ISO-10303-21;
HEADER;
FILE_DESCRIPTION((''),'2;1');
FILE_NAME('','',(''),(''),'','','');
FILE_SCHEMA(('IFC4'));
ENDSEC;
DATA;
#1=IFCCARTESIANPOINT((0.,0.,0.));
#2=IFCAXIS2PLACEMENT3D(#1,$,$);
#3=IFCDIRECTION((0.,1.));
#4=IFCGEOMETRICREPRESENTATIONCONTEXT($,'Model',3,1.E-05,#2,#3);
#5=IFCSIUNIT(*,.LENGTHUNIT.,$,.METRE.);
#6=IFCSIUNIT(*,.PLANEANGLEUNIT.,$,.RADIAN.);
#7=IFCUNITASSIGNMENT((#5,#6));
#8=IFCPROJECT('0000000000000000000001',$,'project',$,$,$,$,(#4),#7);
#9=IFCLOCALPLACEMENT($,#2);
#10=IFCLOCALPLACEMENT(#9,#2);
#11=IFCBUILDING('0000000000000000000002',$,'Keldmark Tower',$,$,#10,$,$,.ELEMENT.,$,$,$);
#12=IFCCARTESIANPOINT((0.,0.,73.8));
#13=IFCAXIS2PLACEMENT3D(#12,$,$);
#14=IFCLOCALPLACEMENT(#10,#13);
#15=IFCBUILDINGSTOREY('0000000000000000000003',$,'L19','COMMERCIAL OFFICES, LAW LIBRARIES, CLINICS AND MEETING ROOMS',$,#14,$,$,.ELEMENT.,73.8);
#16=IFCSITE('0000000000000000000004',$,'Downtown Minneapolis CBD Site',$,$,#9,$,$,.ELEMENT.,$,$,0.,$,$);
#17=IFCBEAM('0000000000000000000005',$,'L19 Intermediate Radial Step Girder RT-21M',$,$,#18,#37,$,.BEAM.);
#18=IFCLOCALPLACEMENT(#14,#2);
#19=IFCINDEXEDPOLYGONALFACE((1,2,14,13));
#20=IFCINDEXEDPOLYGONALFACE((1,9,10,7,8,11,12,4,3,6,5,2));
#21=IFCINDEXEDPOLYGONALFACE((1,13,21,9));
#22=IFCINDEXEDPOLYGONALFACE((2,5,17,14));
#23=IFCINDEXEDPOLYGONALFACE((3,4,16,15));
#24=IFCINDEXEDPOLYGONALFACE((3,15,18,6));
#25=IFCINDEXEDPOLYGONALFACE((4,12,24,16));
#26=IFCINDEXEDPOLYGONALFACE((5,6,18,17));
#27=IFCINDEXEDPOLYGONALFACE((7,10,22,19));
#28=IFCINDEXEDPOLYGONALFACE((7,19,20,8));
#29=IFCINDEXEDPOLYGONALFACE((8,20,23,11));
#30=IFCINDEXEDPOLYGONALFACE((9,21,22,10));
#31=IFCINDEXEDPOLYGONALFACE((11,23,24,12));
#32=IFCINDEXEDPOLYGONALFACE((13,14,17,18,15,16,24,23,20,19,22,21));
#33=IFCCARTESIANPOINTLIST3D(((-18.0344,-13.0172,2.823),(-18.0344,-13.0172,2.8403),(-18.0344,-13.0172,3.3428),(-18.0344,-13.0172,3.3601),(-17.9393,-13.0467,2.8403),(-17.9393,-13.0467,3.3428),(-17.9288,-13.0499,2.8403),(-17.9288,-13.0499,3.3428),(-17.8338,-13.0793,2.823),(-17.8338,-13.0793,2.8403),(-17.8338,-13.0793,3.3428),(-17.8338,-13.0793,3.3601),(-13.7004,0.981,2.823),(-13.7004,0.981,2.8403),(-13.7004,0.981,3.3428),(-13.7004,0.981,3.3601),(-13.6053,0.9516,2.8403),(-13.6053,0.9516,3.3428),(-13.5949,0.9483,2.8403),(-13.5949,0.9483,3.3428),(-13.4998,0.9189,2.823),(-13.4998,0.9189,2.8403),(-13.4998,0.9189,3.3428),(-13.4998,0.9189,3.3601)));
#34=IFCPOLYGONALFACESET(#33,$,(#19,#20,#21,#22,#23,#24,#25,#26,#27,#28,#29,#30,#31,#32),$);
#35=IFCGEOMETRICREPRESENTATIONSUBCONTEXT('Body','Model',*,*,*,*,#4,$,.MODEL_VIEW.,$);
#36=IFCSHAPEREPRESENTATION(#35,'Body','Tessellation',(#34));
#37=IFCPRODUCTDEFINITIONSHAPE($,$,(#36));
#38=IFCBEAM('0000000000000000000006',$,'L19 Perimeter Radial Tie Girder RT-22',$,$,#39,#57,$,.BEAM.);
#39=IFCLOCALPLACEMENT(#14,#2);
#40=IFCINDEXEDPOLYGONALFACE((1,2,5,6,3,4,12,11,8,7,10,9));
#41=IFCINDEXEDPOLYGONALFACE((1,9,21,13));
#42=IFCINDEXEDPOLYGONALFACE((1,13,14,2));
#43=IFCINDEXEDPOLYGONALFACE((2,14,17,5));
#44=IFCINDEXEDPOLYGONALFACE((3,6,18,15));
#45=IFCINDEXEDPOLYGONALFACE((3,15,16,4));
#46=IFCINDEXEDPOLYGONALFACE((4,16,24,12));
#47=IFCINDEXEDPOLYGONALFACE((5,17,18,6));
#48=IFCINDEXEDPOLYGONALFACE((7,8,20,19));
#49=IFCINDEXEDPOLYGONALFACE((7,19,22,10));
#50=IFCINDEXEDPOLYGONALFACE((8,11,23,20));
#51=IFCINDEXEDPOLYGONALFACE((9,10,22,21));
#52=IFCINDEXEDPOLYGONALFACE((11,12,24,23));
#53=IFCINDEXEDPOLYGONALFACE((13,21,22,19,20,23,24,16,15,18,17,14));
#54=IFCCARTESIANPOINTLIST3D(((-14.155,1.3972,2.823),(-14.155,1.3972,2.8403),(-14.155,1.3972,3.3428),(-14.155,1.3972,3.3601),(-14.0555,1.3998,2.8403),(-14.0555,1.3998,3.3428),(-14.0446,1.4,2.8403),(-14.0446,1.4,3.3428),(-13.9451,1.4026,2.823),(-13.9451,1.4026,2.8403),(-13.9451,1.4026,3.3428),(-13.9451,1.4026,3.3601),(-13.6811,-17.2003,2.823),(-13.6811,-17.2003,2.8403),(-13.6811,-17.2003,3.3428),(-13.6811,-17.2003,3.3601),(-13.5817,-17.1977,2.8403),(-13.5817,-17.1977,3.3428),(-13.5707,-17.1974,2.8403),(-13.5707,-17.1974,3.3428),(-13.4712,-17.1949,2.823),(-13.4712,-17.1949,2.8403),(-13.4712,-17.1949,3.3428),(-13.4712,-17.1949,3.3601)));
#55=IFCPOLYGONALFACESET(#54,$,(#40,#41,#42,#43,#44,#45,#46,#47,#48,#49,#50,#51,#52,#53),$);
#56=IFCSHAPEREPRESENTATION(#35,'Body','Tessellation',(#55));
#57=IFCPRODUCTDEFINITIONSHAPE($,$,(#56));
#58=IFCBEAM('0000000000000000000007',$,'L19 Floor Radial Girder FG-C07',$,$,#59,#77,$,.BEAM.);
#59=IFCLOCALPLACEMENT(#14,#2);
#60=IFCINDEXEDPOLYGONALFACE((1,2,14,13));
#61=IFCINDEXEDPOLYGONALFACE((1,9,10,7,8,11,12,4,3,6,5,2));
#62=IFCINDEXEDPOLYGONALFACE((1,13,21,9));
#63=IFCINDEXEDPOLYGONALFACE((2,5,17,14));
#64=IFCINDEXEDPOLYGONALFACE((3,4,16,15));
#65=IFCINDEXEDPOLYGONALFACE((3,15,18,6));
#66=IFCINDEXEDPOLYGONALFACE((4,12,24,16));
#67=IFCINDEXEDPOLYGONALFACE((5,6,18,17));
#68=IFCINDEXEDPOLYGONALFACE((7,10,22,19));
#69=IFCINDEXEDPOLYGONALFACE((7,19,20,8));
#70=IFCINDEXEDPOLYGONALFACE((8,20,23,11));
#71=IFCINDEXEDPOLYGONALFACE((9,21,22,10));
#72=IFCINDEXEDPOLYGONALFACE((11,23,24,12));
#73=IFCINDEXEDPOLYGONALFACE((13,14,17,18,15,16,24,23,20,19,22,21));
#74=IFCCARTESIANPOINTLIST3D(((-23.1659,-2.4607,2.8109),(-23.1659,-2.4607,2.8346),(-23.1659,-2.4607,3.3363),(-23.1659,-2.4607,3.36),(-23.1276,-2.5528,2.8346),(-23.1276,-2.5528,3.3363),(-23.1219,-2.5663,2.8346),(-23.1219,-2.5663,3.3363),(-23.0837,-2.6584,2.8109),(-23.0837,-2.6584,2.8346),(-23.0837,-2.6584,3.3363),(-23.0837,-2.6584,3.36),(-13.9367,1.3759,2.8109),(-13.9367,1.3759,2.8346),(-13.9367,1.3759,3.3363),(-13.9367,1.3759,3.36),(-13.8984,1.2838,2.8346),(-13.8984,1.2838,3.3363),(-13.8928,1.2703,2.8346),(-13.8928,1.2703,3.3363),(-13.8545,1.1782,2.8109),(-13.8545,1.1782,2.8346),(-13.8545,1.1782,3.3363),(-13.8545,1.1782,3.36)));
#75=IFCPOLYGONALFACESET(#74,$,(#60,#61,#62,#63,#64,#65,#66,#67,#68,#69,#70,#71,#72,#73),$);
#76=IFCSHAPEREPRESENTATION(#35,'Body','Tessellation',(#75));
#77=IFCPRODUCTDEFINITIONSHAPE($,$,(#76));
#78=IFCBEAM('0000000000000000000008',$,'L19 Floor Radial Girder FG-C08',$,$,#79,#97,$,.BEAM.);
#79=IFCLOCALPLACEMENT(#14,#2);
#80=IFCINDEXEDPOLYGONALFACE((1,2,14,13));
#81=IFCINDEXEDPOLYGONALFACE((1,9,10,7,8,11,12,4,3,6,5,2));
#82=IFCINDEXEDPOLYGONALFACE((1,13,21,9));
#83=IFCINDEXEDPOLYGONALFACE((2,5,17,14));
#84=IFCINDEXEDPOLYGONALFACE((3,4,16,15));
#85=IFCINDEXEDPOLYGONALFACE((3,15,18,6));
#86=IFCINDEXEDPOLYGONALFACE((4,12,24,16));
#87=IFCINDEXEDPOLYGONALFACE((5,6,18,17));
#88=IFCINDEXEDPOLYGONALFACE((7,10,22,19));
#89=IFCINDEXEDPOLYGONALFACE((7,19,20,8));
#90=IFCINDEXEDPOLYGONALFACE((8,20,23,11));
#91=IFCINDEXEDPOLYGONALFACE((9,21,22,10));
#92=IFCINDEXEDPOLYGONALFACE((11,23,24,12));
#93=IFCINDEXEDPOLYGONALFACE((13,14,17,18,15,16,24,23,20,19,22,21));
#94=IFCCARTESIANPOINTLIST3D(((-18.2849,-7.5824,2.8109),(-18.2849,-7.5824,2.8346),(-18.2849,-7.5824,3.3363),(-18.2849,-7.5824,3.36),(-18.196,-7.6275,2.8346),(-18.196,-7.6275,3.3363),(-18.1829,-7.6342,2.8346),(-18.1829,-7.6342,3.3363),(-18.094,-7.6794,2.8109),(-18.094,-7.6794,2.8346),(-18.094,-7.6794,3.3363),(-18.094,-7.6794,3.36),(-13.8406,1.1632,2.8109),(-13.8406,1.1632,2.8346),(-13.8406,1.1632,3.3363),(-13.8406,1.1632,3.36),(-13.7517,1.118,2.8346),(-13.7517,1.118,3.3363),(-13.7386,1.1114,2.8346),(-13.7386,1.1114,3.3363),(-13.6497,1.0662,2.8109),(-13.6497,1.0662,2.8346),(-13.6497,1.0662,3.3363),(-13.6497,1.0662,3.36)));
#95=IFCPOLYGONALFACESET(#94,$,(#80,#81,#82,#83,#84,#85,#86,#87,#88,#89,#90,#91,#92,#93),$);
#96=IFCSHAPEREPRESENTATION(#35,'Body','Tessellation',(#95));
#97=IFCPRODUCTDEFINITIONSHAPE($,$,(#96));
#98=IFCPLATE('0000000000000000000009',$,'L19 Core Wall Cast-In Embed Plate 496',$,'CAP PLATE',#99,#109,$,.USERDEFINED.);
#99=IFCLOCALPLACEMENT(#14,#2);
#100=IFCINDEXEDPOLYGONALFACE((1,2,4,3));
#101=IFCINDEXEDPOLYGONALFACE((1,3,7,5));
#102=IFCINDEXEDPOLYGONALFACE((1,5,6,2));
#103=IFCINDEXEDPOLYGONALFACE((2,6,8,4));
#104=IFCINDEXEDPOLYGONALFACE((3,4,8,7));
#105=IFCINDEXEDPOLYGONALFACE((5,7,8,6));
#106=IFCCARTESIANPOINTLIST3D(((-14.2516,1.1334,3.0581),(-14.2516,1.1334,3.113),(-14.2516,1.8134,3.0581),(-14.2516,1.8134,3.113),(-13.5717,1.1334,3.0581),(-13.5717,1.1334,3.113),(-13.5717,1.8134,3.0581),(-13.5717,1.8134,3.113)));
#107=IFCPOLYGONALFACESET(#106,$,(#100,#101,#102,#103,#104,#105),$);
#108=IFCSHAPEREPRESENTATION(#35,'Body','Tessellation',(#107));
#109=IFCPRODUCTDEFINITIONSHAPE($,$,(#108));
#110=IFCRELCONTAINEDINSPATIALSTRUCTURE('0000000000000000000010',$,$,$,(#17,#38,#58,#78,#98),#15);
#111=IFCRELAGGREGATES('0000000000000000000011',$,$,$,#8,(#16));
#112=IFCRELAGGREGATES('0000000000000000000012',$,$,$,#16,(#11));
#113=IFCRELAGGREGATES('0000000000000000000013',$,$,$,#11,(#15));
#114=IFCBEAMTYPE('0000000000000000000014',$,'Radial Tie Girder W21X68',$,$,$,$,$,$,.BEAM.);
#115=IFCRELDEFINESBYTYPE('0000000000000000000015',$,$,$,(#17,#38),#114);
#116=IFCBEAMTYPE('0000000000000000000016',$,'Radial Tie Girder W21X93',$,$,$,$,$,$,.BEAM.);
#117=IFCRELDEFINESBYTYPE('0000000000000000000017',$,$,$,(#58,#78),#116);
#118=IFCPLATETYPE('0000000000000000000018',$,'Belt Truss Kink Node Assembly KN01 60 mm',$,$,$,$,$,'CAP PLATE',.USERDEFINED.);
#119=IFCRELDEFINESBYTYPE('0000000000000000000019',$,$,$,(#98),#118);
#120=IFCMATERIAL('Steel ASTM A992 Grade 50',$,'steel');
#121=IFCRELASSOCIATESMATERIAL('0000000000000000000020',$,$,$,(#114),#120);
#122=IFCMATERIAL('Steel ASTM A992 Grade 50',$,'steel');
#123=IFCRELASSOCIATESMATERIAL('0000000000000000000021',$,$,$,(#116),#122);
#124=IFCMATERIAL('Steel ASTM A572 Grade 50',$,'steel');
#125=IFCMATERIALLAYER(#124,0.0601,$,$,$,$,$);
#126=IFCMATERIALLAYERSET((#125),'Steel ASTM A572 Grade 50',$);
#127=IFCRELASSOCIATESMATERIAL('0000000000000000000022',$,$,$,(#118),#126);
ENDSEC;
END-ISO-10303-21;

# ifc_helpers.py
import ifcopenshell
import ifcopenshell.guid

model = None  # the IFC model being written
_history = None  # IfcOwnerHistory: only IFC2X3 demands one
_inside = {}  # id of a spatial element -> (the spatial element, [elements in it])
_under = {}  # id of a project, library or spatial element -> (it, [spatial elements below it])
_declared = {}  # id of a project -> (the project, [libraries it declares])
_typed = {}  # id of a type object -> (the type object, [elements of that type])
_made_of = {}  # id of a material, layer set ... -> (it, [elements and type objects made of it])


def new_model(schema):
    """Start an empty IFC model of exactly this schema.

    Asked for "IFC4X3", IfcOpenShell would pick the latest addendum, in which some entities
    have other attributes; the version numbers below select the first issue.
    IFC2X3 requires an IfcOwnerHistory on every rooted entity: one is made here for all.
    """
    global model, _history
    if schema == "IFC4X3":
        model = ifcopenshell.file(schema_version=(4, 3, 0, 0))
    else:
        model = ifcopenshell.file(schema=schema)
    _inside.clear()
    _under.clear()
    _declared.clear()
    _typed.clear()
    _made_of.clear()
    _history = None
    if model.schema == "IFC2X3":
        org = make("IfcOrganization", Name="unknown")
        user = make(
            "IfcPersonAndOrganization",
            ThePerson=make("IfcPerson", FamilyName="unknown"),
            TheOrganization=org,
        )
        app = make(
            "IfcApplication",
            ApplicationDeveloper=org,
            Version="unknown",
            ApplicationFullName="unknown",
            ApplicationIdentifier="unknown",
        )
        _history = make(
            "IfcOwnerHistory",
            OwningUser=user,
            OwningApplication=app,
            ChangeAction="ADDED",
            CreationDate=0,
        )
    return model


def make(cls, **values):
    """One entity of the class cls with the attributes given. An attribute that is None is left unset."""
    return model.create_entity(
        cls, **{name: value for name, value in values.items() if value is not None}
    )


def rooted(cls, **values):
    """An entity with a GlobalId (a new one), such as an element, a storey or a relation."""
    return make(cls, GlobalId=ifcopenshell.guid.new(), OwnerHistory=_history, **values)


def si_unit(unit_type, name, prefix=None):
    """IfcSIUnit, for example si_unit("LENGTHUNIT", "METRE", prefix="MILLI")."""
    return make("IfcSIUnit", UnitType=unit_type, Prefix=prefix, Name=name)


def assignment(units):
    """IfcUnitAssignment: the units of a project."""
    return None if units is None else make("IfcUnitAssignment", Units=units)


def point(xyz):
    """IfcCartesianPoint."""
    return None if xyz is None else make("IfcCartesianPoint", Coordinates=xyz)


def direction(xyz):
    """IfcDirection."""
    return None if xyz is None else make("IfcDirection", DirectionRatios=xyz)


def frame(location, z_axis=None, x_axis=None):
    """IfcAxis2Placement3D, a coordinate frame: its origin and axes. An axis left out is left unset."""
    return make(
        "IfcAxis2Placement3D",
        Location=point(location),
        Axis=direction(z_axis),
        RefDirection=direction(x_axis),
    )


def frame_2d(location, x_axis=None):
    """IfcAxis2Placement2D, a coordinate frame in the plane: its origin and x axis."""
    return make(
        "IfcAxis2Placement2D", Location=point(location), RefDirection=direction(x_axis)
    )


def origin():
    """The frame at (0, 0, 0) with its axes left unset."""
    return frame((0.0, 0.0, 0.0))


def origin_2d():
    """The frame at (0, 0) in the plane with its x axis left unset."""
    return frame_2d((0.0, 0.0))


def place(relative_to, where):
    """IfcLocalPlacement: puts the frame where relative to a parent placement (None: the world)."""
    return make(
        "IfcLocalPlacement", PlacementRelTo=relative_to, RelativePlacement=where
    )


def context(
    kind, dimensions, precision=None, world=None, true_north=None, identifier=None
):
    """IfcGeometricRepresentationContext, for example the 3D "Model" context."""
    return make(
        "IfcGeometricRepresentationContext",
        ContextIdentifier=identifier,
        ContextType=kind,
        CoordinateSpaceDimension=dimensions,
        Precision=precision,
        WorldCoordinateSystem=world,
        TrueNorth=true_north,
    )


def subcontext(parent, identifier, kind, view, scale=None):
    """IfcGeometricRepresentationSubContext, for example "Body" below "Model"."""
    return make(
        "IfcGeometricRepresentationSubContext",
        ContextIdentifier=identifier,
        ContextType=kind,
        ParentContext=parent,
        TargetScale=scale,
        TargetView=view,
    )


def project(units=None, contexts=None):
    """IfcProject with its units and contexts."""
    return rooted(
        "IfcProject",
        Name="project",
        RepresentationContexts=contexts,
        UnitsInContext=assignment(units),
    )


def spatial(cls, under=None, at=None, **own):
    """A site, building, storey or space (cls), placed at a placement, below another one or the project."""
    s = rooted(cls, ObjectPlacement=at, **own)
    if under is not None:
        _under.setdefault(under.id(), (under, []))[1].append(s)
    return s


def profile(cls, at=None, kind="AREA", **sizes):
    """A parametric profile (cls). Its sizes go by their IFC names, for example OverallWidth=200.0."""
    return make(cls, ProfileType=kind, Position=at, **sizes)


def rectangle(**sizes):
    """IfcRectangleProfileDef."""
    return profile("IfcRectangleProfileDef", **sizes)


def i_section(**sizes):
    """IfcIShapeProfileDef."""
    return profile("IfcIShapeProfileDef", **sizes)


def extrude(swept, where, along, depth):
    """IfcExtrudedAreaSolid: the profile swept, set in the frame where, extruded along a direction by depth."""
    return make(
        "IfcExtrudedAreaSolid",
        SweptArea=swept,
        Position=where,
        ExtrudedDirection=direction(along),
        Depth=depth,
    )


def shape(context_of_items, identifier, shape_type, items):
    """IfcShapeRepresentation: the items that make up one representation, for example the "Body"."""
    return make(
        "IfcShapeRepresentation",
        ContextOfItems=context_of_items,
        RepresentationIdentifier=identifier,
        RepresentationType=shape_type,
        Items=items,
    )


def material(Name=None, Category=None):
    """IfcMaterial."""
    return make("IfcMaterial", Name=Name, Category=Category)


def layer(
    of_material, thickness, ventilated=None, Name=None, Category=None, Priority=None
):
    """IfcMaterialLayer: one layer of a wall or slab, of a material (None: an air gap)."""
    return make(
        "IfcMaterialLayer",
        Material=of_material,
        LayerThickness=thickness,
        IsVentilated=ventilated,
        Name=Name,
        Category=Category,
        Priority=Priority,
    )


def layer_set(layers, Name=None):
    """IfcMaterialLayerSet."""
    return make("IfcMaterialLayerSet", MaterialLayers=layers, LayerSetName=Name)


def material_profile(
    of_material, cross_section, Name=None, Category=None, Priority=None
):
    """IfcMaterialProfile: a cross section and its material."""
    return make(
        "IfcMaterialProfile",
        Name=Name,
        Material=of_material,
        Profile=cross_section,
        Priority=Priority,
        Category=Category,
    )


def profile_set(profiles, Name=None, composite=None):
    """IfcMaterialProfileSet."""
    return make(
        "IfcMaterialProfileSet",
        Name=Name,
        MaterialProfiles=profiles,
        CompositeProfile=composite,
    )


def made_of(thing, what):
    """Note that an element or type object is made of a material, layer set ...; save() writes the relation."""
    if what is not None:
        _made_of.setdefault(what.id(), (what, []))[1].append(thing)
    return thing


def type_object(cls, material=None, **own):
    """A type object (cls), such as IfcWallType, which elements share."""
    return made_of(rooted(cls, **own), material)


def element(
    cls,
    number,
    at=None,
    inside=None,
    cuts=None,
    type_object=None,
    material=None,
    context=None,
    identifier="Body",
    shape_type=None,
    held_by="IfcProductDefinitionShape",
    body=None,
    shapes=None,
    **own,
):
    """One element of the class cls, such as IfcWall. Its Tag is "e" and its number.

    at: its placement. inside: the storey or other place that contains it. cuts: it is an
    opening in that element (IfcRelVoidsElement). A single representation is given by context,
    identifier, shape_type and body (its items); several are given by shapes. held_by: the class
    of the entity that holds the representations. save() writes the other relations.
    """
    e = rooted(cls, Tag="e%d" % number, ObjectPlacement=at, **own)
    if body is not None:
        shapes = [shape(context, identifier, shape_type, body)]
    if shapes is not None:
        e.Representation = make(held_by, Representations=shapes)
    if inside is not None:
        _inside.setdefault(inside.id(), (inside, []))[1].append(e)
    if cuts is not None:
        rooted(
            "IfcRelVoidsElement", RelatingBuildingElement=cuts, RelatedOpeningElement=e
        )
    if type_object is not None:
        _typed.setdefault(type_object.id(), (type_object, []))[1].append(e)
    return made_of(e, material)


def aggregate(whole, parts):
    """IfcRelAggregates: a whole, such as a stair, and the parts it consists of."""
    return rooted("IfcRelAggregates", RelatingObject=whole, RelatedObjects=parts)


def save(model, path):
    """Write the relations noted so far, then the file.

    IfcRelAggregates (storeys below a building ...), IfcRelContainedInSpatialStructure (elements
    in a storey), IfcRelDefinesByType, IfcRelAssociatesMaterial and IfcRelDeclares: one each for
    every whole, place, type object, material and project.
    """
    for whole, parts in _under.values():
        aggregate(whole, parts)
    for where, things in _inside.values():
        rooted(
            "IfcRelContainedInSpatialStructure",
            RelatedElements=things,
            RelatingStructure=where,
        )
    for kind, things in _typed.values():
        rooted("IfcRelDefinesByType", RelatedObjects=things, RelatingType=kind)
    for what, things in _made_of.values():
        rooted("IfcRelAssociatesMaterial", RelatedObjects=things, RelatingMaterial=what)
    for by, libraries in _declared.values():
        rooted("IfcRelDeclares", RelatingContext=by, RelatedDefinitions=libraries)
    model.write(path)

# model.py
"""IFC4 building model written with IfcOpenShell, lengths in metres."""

from ifc_helpers import new_model, si_unit, direction, frame, origin, origin_2d, place, context, subcontext, project, spatial, rectangle, i_section, extrude, material, layer, layer_set, material_profile, profile_set, type_object, element, save


model = new_model("IFC4")

# Units and contexts
model_context = context("Model", 3, precision=1e-05, world=origin(), true_north=direction((0.0, 1.0)))
body_context = subcontext(model_context, "Body", "Model", "MODEL_VIEW")
ifc_project = project(units=[si_unit("LENGTHUNIT", "METRE"), si_unit("PLANEANGLEUNIT", "RADIAN")], contexts=[model_context])

# Site, building, storey
site_placement = place(None, origin())
site = spatial("IfcSite", under=ifc_project, at=site_placement, Name="Downtown Minneapolis CBD Site", CompositionType="ELEMENT", RefElevation=0.0)
building_placement = place(site_placement, origin())
building = spatial("IfcBuilding", under=site, at=building_placement, Name="Keldmark Tower", CompositionType="ELEMENT")
storey_placement = place(building_placement, frame((0.0, 0.0, 73.8)))
storey = spatial("IfcBuildingStorey", under=building, at=storey_placement, Name="L19", Description="COMMERCIAL OFFICES, LAW LIBRARIES, CLINICS AND MEETING ROOMS", CompositionType="ELEMENT", Elevation=73.8)

# Beams
ifc_material_1 = material(Name="Steel ASTM A992 Grade 50", Category="steel")
ifc_material_profile_1 = material_profile(ifc_material_1, i_section(OverallWidth=0.21, OverallDepth=0.5371, WebThickness=0.011, FlangeThickness=0.0173, at=origin_2d()), Name="W21X68")
ifc_profile_set_1 = profile_set([ifc_material_profile_1], Name="Steel ASTM A992 Grade 50")
beam_type_1 = type_object("IfcBeamType", Name="Radial Tie Girder W21X68", PredefinedType="BEAM", material=ifc_profile_set_1)
beam_1_placement = place(storey_placement, frame((-13.6001, 0.95, 3.0916), z_axis=(-0.295757, -0.955263, 0.0), x_axis=(0.955263, -0.295757, 0.0)))
element("IfcBeam", 1, at=beam_1_placement, inside=storey, type_object=beam_type_1, Name="L19 Intermediate Radial Step Girder RT-21M", PredefinedType="BEAM", context=body_context, shape_type="SweptSolid", body=[
    extrude(i_section(OverallWidth=0.21, OverallDepth=0.5371, WebThickness=0.011, FlangeThickness=0.0173, at=origin_2d()), origin(), (0.0, 0.0, 1.0), 14.6538),
])
beam_2_placement = place(storey_placement, frame((-14.05, 1.3999, 3.0916), z_axis=(0.025473, -0.999676, 0.0), x_axis=(0.999676, 0.025473, 0.0)))
element("IfcBeam", 2, at=beam_2_placement, inside=storey, type_object=beam_type_1, Name="L19 Perimeter Radial Tie Girder RT-22", PredefinedType="BEAM", context=body_context, shape_type="SweptSolid", body=[
    extrude(i_section(OverallWidth=0.21, OverallDepth=0.5371, WebThickness=0.011, FlangeThickness=0.0173, at=origin_2d()), origin(), (0.0, 0.0, 1.0), 18.6035),
])
ifc_material_2 = material(Name="Steel ASTM A992 Grade 50", Category="steel")
ifc_material_profile_2 = material_profile(ifc_material_2, i_section(OverallWidth=0.2141, OverallDepth=0.5491, WebThickness=0.0146, FlangeThickness=0.0237, at=origin_2d()), Name="W21X93")
ifc_profile_set_2 = profile_set([ifc_material_profile_2], Name="Steel ASTM A992 Grade 50")
beam_type_2 = type_object("IfcBeamType", Name="Radial Tie Girder W21X93", PredefinedType="BEAM", material=ifc_profile_set_2)
beam_3_placement = place(storey_placement, frame((-23.1248, -2.5596, 3.0854), z_axis=(0.923391, 0.383861, 0.0), x_axis=(-0.383861, 0.923391, 0.0)))
element("IfcBeam", 3, at=beam_3_placement, inside=storey, type_object=beam_type_2, Name="L19 Floor Radial Girder FG-C07", PredefinedType="BEAM", context=body_context, shape_type="SweptSolid", body=[
    extrude(i_section(OverallWidth=0.2141, OverallDepth=0.5491, WebThickness=0.0146, FlangeThickness=0.0237, at=origin_2d()), origin(), (0.0, 0.0, 1.0), 9.9949),
])
beam_4_placement = place(storey_placement, frame((-18.1895, -7.6309, 3.0854), z_axis=(0.453038, 0.891491, 0.0), x_axis=(-0.891491, 0.453038, 0.0)))
element("IfcBeam", 4, at=beam_4_placement, inside=storey, type_object=beam_type_2, Name="L19 Floor Radial Girder FG-C08", PredefinedType="BEAM", context=body_context, shape_type="SweptSolid", body=[
    extrude(i_section(OverallWidth=0.2141, OverallDepth=0.5491, WebThickness=0.0146, FlangeThickness=0.0237, at=origin_2d()), origin(), (0.0, 0.0, 1.0), 9.8101),
])

# Plate
ifc_material_3 = material(Name="Steel ASTM A572 Grade 50", Category="steel")
ifc_layer_1 = layer(ifc_material_3, 0.0601)
ifc_layer_set_1 = layer_set([ifc_layer_1], Name="Steel ASTM A572 Grade 50")
plate_type = type_object("IfcPlateType", Name="Belt Truss Kink Node Assembly KN01 60 mm", ElementType="CAP PLATE", PredefinedType="USERDEFINED", material=ifc_layer_set_1)
plate_placement = place(storey_placement, frame((-13.9116, 1.4734, 3.0581), z_axis=(0.0, 0.0, 1.0), x_axis=(1.0, 0.0, 0.0)))
element("IfcPlate", 5, at=plate_placement, inside=storey, type_object=plate_type, Name="L19 Core Wall Cast-In Embed Plate 496", ObjectType="CAP PLATE", PredefinedType="USERDEFINED", context=body_context, shape_type="SweptSolid", body=[
    extrude(rectangle(XDim=0.6799, YDim=0.6799, at=origin_2d()), origin(), (0.0, 0.0, 1.0), 0.0549),
])

save(model, "model.ifc")
